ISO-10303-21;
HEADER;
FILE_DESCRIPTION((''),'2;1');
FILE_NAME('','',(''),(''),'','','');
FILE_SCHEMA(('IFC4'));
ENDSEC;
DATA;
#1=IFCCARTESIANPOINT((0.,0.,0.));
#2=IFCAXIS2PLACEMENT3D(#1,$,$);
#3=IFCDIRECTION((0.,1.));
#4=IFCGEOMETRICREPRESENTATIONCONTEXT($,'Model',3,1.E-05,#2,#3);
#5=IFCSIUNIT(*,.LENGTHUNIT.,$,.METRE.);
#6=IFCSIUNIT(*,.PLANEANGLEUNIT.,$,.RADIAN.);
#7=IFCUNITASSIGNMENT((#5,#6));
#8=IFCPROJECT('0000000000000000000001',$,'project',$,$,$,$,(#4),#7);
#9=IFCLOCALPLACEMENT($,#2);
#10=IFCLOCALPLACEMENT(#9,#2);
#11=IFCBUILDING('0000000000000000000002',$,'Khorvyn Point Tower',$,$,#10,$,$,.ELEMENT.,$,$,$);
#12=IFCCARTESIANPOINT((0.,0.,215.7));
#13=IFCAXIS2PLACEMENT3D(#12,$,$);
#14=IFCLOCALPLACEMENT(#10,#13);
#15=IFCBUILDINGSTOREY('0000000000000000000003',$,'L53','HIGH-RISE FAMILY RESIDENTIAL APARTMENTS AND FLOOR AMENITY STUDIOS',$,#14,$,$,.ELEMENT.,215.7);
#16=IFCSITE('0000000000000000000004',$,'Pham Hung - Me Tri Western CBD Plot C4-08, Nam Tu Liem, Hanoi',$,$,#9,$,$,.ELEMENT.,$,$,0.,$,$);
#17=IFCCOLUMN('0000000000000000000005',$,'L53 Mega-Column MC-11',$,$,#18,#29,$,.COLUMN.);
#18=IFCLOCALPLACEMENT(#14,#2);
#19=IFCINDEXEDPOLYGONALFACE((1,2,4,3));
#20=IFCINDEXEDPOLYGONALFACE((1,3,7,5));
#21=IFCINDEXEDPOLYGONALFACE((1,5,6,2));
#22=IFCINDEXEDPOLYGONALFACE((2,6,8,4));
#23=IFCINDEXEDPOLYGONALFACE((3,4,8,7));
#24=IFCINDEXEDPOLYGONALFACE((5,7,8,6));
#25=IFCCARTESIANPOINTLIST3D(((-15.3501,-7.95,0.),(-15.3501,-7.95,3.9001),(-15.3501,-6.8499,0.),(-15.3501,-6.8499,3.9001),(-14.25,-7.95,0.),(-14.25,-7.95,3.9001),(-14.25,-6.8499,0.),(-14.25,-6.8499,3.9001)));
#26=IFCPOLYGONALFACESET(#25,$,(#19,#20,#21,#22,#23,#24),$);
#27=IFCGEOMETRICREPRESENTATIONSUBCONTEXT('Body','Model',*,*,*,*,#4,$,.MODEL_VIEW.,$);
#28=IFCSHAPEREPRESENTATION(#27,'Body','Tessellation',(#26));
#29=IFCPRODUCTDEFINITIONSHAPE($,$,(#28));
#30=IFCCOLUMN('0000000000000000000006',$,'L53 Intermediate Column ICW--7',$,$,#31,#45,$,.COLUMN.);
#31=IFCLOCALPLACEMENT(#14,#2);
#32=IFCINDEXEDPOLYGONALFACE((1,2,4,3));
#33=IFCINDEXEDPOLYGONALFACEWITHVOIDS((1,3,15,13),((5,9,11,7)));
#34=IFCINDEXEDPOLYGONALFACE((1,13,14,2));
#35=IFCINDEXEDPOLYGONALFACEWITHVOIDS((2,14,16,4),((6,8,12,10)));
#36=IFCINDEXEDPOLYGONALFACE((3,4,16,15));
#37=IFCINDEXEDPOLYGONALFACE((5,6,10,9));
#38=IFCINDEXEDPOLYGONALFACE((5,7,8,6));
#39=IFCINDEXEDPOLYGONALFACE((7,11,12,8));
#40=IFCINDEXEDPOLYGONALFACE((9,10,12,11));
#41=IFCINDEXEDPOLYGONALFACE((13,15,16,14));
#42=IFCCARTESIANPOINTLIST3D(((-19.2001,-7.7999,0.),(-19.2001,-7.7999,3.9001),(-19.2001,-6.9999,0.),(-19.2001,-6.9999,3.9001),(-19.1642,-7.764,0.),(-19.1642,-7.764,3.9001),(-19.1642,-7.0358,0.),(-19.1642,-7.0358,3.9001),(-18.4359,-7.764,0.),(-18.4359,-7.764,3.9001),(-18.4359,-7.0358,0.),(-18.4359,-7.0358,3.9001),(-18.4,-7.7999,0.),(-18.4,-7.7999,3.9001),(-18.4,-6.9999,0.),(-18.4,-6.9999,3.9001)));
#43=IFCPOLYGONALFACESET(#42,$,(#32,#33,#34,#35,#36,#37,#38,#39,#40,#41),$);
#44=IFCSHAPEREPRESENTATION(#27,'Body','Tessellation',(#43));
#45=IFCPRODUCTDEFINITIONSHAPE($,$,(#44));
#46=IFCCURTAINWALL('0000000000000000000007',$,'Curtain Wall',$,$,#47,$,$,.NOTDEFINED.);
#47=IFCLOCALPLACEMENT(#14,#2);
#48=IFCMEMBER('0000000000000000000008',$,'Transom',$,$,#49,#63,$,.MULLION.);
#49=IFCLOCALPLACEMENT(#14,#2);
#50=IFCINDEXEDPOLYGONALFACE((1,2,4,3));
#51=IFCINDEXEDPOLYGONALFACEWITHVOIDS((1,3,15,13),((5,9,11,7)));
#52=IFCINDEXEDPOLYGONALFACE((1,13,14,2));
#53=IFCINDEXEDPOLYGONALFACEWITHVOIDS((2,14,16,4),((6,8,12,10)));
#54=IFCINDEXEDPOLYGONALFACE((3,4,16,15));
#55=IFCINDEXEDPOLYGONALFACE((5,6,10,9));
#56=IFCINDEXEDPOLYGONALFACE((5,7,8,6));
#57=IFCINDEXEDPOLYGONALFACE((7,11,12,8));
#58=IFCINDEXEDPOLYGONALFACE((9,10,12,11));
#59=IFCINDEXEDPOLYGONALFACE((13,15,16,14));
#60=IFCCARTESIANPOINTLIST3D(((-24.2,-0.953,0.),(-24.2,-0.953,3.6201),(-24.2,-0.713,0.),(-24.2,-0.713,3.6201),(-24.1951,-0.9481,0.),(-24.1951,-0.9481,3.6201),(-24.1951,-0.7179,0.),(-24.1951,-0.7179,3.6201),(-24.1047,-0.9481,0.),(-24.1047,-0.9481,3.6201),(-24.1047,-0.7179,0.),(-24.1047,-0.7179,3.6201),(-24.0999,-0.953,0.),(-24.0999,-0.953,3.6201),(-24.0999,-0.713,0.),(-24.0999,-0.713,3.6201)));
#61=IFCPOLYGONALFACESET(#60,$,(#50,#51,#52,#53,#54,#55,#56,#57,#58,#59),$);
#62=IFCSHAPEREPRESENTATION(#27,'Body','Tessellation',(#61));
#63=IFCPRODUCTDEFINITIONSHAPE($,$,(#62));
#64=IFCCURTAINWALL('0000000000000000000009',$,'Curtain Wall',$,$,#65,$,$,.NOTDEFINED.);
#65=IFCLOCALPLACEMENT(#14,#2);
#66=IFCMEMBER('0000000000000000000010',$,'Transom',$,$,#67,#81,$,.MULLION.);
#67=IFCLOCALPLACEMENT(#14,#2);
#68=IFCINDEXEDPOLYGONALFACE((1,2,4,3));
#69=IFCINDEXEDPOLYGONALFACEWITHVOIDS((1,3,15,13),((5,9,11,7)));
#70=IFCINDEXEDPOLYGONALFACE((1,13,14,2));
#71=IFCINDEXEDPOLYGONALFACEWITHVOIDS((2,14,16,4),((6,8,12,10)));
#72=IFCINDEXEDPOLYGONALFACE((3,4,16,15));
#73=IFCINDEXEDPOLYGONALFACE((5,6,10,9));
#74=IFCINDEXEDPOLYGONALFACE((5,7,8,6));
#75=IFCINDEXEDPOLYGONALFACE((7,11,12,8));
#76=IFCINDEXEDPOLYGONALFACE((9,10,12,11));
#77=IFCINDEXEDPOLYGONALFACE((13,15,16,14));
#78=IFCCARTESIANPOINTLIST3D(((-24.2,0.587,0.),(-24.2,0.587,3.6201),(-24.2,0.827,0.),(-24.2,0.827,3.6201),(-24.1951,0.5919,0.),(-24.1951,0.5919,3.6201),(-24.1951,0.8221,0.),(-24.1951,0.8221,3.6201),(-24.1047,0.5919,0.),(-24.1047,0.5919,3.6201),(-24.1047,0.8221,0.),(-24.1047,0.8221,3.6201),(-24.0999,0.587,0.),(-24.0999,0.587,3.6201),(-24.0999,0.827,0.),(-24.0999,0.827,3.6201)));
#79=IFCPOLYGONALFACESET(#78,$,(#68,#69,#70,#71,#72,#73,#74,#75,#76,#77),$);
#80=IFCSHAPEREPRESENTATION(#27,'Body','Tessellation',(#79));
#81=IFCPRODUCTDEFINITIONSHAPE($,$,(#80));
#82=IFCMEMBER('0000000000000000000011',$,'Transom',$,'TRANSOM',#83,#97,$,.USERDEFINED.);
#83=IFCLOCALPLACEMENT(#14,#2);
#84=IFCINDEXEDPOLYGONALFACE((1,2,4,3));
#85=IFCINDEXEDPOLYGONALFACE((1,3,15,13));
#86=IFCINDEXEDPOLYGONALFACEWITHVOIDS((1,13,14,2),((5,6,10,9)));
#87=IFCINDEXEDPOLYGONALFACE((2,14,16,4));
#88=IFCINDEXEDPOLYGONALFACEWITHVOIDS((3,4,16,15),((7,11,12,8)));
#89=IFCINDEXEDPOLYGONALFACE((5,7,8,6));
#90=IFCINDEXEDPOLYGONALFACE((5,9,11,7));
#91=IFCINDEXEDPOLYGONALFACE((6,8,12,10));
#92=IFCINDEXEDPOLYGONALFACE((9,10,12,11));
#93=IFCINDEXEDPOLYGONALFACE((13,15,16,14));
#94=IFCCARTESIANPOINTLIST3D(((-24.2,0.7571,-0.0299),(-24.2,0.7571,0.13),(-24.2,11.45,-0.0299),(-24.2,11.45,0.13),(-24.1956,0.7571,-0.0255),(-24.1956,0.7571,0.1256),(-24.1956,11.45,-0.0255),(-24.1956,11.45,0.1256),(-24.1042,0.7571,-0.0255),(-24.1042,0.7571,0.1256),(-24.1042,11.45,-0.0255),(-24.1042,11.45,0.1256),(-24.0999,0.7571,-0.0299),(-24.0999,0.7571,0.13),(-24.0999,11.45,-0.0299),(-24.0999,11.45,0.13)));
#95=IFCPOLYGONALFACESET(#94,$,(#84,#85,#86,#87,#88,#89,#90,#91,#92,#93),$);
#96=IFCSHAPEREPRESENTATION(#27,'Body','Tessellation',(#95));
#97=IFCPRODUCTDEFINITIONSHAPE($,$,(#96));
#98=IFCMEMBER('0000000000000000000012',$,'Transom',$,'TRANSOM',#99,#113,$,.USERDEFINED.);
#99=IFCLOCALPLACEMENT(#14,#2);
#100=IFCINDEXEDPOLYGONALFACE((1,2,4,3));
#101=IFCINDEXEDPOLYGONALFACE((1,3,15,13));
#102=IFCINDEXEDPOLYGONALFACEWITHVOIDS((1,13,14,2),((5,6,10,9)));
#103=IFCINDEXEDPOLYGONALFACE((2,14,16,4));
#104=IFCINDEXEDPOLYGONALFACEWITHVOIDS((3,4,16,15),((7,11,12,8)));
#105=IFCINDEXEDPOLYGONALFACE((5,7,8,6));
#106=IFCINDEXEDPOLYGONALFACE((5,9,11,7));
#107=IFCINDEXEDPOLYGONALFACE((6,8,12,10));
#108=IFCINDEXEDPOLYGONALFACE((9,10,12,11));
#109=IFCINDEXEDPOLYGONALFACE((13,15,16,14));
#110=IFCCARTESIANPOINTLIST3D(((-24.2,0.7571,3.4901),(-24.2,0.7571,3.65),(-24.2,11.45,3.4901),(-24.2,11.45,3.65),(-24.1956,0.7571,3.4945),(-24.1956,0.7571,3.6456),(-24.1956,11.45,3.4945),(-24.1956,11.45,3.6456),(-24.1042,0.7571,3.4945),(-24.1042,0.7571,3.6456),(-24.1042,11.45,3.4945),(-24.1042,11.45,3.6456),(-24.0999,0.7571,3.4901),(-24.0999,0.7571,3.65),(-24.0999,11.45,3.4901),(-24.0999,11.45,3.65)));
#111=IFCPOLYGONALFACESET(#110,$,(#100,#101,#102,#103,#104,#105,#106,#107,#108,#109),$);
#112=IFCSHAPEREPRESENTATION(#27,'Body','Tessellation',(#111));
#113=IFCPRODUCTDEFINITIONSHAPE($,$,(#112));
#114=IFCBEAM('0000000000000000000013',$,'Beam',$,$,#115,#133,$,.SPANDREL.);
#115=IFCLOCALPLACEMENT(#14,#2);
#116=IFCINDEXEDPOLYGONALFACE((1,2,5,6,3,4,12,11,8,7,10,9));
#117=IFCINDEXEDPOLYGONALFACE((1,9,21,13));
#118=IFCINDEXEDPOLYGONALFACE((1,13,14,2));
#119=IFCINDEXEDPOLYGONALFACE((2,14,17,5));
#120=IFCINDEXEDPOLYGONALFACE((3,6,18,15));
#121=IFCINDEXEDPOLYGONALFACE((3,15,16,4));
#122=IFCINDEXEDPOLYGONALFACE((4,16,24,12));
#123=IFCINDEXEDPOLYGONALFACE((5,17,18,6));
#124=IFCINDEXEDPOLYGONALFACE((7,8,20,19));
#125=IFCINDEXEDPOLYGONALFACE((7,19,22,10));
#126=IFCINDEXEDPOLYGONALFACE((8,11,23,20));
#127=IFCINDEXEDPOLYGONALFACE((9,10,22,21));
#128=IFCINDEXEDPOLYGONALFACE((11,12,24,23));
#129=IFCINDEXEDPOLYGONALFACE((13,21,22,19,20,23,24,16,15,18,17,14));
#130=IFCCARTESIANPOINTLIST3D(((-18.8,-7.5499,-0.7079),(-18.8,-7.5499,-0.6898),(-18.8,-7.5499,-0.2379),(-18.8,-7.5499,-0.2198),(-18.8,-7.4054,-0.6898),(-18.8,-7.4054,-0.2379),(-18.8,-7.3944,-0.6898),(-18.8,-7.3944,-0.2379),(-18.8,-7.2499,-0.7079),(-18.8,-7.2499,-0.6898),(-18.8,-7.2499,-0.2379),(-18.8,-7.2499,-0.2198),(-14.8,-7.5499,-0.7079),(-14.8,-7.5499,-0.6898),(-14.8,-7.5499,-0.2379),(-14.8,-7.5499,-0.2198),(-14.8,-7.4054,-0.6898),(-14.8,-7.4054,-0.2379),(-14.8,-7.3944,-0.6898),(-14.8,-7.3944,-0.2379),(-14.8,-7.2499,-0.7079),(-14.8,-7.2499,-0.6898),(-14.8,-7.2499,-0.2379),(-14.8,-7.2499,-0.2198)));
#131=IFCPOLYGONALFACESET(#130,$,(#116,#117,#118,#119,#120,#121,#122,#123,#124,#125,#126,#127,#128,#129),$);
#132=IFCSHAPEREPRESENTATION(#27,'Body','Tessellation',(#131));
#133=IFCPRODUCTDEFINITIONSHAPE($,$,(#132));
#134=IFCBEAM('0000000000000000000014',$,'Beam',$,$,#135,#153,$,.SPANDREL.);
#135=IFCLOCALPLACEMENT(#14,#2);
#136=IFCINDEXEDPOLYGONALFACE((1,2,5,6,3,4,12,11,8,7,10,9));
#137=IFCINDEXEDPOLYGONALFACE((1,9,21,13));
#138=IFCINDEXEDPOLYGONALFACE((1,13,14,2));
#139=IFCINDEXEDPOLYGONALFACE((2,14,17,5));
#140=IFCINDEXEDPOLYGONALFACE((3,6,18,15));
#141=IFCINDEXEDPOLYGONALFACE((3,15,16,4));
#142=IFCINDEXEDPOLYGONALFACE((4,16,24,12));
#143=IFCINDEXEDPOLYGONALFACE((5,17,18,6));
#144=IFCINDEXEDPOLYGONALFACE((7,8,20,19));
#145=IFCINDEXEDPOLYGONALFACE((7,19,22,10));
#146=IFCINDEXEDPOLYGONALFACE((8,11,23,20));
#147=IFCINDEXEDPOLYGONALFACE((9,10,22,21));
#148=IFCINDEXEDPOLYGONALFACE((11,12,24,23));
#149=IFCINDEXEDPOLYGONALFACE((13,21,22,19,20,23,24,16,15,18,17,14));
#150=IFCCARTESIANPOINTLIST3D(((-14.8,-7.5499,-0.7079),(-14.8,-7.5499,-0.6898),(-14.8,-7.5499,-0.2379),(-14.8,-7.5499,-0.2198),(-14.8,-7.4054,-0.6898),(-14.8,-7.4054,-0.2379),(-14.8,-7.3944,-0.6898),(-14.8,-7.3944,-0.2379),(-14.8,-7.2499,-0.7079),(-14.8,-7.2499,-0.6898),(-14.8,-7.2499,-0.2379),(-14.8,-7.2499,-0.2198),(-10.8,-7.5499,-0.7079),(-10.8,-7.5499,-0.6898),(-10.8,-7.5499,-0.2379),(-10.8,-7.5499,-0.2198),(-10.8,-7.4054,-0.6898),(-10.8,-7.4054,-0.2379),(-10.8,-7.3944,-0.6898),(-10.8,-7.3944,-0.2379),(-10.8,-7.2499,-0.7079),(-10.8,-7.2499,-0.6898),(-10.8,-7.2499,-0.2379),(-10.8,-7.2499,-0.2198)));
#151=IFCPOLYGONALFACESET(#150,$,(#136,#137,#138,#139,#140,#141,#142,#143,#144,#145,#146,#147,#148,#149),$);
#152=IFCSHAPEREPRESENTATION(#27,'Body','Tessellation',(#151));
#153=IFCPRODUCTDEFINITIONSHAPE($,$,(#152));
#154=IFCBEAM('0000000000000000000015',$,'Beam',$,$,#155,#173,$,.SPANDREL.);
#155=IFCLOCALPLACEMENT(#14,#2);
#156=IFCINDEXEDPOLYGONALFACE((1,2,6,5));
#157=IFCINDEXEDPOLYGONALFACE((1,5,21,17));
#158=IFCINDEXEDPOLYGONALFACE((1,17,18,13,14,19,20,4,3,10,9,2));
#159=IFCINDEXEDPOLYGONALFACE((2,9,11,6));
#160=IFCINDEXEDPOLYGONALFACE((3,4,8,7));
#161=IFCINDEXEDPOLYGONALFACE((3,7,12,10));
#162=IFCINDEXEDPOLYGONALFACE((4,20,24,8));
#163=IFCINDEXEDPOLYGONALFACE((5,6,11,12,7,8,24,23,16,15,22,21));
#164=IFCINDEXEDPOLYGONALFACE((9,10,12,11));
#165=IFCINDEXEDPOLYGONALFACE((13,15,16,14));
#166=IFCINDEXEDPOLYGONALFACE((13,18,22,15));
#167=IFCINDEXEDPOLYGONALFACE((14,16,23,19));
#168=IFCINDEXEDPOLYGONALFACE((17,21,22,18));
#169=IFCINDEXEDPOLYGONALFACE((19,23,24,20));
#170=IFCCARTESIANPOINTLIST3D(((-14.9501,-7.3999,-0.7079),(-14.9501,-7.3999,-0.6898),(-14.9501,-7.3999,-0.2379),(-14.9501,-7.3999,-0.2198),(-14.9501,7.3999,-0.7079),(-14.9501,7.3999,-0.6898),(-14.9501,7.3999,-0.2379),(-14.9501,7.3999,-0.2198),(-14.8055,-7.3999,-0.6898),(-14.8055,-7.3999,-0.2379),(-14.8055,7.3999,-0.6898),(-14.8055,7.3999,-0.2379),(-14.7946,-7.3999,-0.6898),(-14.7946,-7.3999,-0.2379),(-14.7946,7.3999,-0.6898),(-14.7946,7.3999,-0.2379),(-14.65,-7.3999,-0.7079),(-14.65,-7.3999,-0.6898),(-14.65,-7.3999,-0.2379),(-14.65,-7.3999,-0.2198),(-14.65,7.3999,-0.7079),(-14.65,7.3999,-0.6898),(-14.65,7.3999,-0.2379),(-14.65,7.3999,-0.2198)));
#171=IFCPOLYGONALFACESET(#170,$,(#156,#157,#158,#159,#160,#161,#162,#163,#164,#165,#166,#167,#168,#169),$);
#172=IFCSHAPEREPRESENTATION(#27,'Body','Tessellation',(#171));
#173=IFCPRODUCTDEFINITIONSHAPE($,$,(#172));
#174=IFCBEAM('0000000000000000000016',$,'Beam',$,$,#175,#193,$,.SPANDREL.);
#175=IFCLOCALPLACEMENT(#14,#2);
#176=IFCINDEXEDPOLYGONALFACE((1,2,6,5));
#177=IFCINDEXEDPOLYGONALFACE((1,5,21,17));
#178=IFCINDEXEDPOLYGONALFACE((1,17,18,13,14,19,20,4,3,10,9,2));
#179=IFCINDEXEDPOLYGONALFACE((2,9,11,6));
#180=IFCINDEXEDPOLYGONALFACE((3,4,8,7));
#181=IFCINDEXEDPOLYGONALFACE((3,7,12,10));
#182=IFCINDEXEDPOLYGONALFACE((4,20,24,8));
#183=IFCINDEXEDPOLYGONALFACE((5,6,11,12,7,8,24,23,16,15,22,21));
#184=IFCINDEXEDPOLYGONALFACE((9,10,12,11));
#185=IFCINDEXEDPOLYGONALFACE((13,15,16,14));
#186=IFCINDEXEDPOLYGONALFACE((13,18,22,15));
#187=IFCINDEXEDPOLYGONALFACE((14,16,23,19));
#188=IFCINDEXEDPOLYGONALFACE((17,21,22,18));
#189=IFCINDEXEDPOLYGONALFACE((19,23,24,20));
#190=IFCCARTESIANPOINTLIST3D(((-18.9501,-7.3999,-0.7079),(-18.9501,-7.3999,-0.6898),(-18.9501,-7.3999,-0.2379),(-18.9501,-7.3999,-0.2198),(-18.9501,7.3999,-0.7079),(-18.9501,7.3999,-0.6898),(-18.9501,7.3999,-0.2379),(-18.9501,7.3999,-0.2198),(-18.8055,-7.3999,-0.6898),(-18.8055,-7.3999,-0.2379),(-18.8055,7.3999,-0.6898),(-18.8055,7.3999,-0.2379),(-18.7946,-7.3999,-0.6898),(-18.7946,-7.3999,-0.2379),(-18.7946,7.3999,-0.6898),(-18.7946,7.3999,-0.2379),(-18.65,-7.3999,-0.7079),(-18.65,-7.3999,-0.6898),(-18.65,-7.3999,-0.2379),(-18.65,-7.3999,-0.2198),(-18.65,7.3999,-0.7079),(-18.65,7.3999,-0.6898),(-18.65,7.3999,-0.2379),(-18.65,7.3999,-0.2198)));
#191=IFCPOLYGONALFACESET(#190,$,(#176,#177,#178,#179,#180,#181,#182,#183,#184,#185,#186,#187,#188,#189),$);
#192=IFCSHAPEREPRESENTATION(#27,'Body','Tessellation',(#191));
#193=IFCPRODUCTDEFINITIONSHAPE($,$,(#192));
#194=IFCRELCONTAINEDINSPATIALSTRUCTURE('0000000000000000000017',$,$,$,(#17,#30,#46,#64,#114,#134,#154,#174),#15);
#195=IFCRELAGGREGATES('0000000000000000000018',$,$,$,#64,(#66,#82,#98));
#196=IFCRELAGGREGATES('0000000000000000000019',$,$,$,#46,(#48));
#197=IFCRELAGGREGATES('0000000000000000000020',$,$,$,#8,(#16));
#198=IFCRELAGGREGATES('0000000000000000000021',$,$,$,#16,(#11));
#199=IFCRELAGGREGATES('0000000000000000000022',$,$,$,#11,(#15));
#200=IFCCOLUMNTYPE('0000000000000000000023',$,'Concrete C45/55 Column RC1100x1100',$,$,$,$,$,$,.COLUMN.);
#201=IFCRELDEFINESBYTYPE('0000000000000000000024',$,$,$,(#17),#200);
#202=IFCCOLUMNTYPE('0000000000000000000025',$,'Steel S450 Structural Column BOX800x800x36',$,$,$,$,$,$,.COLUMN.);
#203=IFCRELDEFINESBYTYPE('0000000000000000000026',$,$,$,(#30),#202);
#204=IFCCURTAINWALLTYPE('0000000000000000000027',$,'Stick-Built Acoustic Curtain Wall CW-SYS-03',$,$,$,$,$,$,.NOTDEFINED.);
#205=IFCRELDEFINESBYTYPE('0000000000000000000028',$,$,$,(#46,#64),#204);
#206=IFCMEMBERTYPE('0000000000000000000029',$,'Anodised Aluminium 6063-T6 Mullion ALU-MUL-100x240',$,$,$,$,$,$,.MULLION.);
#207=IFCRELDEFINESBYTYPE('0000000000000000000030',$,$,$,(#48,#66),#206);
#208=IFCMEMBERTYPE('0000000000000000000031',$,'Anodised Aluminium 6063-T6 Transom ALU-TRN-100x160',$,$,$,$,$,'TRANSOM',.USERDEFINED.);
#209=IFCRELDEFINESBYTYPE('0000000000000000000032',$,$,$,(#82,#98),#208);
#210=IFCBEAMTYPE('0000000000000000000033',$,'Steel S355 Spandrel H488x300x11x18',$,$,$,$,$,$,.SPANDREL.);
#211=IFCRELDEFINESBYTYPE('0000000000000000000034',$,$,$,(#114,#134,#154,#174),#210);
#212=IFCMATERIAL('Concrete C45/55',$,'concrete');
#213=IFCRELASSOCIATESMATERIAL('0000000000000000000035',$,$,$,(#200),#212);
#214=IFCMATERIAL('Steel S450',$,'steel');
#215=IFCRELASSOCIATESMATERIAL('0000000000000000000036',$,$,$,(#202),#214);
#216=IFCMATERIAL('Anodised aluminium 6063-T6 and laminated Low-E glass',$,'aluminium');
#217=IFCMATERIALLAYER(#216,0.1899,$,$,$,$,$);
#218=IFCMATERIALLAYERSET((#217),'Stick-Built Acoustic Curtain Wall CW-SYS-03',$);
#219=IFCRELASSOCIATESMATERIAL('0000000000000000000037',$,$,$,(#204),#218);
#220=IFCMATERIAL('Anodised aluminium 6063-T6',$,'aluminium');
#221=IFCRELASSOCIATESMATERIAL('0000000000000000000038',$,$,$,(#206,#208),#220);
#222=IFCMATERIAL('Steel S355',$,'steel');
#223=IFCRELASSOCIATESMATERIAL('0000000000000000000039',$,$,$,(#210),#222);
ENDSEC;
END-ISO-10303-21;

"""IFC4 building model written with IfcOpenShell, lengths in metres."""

from ifc_helpers import new_model, si_unit, direction, frame, origin, origin_2d, place, context, subcontext, project, spatial, rectangle, hollow_rectangle, i_section, extrude, material, layer, layer_set, material_profile, profile_set, type_object, element, aggregate, save


model = new_model("IFC4")

# Units and contexts
model_context = context("Model", 3, precision=1e-05, world=origin(), true_north=direction((0.0, 1.0)))
body_context = subcontext(model_context, "Body", "Model", "MODEL_VIEW")
ifc_project = project(units=[si_unit("LENGTHUNIT", "METRE"), si_unit("PLANEANGLEUNIT", "RADIAN")], contexts=[model_context])

# Site, building, storey
site_placement = place(None, origin())
site = spatial("IfcSite", under=ifc_project, at=site_placement, Name="Pham Hung - Me Tri Western CBD Plot C4-08, Nam Tu Liem, Hanoi", CompositionType="ELEMENT", RefElevation=0.0)
building_placement = place(site_placement, origin())
building = spatial("IfcBuilding", under=site, at=building_placement, Name="Khorvyn Point Tower", CompositionType="ELEMENT")
storey_placement = place(building_placement, frame((0.0, 0.0, 215.7)))
storey = spatial("IfcBuildingStorey", under=building, at=storey_placement, Name="L53", Description="HIGH-RISE FAMILY RESIDENTIAL APARTMENTS AND FLOOR AMENITY STUDIOS", CompositionType="ELEMENT", Elevation=215.7)

# Columns
ifc_material_1 = material(Name="Concrete C45/55", Category="concrete")
ifc_material_profile_1 = material_profile(ifc_material_1, rectangle(XDim=1.1001, YDim=1.1001, at=origin_2d()))
ifc_profile_set_1 = profile_set([ifc_material_profile_1], Name="Concrete C45/55 RC1100x1100")
column_type_1 = type_object("IfcColumnType", Name="Concrete C45/55 Column RC1100x1100", PredefinedType="COLUMN", material=ifc_profile_set_1)
column_1_placement = place(storey_placement, frame((-14.8, -7.3999, 0.0), z_axis=(0.0, 0.0, 1.0), x_axis=(1.0, 0.0, 0.0)))
element("IfcColumn", 1, at=column_1_placement, inside=storey, type_object=column_type_1, Name="L53 Mega-Column MC-11", PredefinedType="COLUMN", context=body_context, shape_type="SweptSolid", body=[
    extrude(rectangle(XDim=1.1001, YDim=1.1001, at=origin_2d()), origin(), (0.0, 0.0, 1.0), 3.9001),
])
ifc_material_2 = material(Name="Steel S450", Category="steel")
ifc_material_profile_2 = material_profile(ifc_material_2, hollow_rectangle(XDim=0.8, YDim=0.8, WallThickness=0.0359, at=origin_2d()))
ifc_profile_set_2 = profile_set([ifc_material_profile_2], Name="Steel S450 BOX800x800x36")
column_type_2 = type_object("IfcColumnType", Name="Steel S450 Structural Column BOX800x800x36", PredefinedType="COLUMN", material=ifc_profile_set_2)
column_2_placement = place(storey_placement, frame((-18.8, -7.3999, 0.0), z_axis=(0.0, 0.0, 1.0), x_axis=(1.0, 0.0, 0.0)))
element("IfcColumn", 2, at=column_2_placement, inside=storey, type_object=column_type_2, Name="L53 Intermediate Column ICW--7", PredefinedType="COLUMN", context=body_context, shape_type="SweptSolid", body=[
    extrude(hollow_rectangle(XDim=0.8, YDim=0.8, WallThickness=0.0359, at=origin_2d()), origin(), (0.0, 0.0, 1.0), 3.9001),
])

# Curtain wall, member
ifc_material_3 = material(Name="Anodised aluminium 6063-T6 and laminated Low-E glass", Category="aluminium")
ifc_layer_1 = layer(ifc_material_3, 0.1899)
ifc_layer_set_1 = layer_set([ifc_layer_1], Name="Stick-Built Acoustic Curtain Wall CW-SYS-03")
curtain_wall_type = type_object("IfcCurtainWallType", Name="Stick-Built Acoustic Curtain Wall CW-SYS-03", PredefinedType="NOTDEFINED", material=ifc_layer_set_1)
curtain_wall_1_placement = place(storey_placement, origin())
curtain_wall_1 = element("IfcCurtainWall", 3, at=curtain_wall_1_placement, inside=storey, type_object=curtain_wall_type, Name="Curtain Wall", PredefinedType="NOTDEFINED")
ifc_material_4 = material(Name="Anodised aluminium 6063-T6", Category="aluminium")
ifc_material_profile_3 = material_profile(ifc_material_4, hollow_rectangle(XDim=0.1001, YDim=0.24, WallThickness=0.0049, at=origin_2d()))
ifc_profile_set_3 = profile_set([ifc_material_profile_3], Name="Anodised aluminium 6063-T6 ALU-MUL-100x240")
member_type_1 = type_object("IfcMemberType", Name="Anodised Aluminium 6063-T6 Mullion ALU-MUL-100x240", PredefinedType="MULLION", material=ifc_profile_set_3)
member_1_placement = place(storey_placement, frame((-24.1499, -0.833, 0.0), z_axis=(0.0, 0.0, 1.0), x_axis=(-1.0, 0.0, 0.0)))
member_1 = element("IfcMember", 4, at=member_1_placement, type_object=member_type_1, Name="Transom", PredefinedType="MULLION", context=body_context, shape_type="SweptSolid", body=[
    extrude(hollow_rectangle(XDim=0.1001, YDim=0.24, WallThickness=0.0049, at=origin_2d()), origin(), (0.0, 0.0, 1.0), 3.6201),
])

# Curtain wall, members
curtain_wall_2_placement = place(storey_placement, origin())
curtain_wall_2 = element("IfcCurtainWall", 5, at=curtain_wall_2_placement, inside=storey, type_object=curtain_wall_type, Name="Curtain Wall", PredefinedType="NOTDEFINED")
member_2_placement = place(storey_placement, frame((-24.1499, 0.707, 0.0), z_axis=(0.0, 0.0, 1.0), x_axis=(-1.0, 0.0, 0.0)))
member_2 = element("IfcMember", 6, at=member_2_placement, type_object=member_type_1, Name="Transom", PredefinedType="MULLION", context=body_context, shape_type="SweptSolid", body=[
    extrude(hollow_rectangle(XDim=0.1001, YDim=0.24, WallThickness=0.0049, at=origin_2d()), origin(), (0.0, 0.0, 1.0), 3.6201),
])
ifc_material_profile_4 = material_profile(ifc_material_4, hollow_rectangle(XDim=0.1001, YDim=0.1599, WallThickness=0.0044, at=origin_2d()))
ifc_profile_set_4 = profile_set([ifc_material_profile_4], Name="Anodised aluminium 6063-T6 ALU-TRN-100x160")
member_type_2 = type_object("IfcMemberType", Name="Anodised Aluminium 6063-T6 Transom ALU-TRN-100x160", ElementType="TRANSOM", PredefinedType="USERDEFINED", material=ifc_profile_set_4)
member_3_placement = place(storey_placement, frame((-24.1499, 0.7571, 0.05), z_axis=(0.0, 1.0, 0.0), x_axis=(-1.0, 0.0, 0.0)))
member_3 = element("IfcMember", 7, at=member_3_placement, type_object=member_type_2, Name="Transom", ObjectType="TRANSOM", PredefinedType="USERDEFINED", context=body_context, shape_type="SweptSolid", body=[
    extrude(hollow_rectangle(XDim=0.1001, YDim=0.1599, WallThickness=0.0044, at=origin_2d()), origin(), (0.0, 0.0, 1.0), 10.6929),
])
member_4_placement = place(storey_placement, frame((-24.1499, 0.7571, 3.5701), z_axis=(0.0, 1.0, 0.0), x_axis=(-1.0, 0.0, 0.0)))
member_4 = element("IfcMember", 8, at=member_4_placement, type_object=member_type_2, Name="Transom", ObjectType="TRANSOM", PredefinedType="USERDEFINED", context=body_context, shape_type="SweptSolid", body=[
    extrude(hollow_rectangle(XDim=0.1001, YDim=0.1599, WallThickness=0.0044, at=origin_2d()), origin(), (0.0, 0.0, 1.0), 10.6929),
])
aggregate(curtain_wall_2, [member_2, member_3, member_4])

# Beams
ifc_material_5 = material(Name="Steel S355", Category="steel")
ifc_material_profile_5 = material_profile(ifc_material_5, i_section(OverallWidth=0.3, OverallDepth=0.488, WebThickness=0.011, FlangeThickness=0.0181, at=origin_2d()))
ifc_profile_set_5 = profile_set([ifc_material_profile_5], Name="Steel S355 H488x300x11x18")
beam_type_1 = type_object("IfcBeamType", Name="Steel S355 Spandrel H488x300x11x18", PredefinedType="SPANDREL", material=ifc_profile_set_5)
for number, where, z_axis, x_axis, name in (
    (9, (-18.8, -7.3999, -0.4639), (1.0, 0.0, 0.0), (0.0, 1.0, 0.0), "Beam"),
    (10, (-14.8, -7.3999, -0.4639), (1.0, 0.0, 0.0), (0.0, 1.0, 0.0), "Beam"),
):
    element("IfcBeam", number, at=place(storey_placement, frame(where, z_axis=z_axis, x_axis=x_axis)), inside=storey, type_object=beam_type_1, Name=name, PredefinedType="SPANDREL", context=body_context, shape_type="SweptSolid", body=[
        extrude(i_section(OverallWidth=0.3, OverallDepth=0.488, WebThickness=0.011, FlangeThickness=0.0181, at=origin_2d()), origin(), (0.0, 0.0, 1.0), 4.0),
    ])
for number, where, z_axis, x_axis, name in (
    (11, (-14.8, -7.3999, -0.4639), (0.0, 1.0, 0.0), (-1.0, 0.0, 0.0), "Beam"),
    (12, (-18.8, -7.3999, -0.4639), (0.0, 1.0, 0.0), (-1.0, 0.0, 0.0), "Beam"),
):
    element("IfcBeam", number, at=place(storey_placement, frame(where, z_axis=z_axis, x_axis=x_axis)), inside=storey, type_object=beam_type_1, Name=name, PredefinedType="SPANDREL", context=body_context, shape_type="SweptSolid", body=[
        extrude(i_section(OverallWidth=0.3, OverallDepth=0.488, WebThickness=0.011, FlangeThickness=0.0181, at=origin_2d()), origin(), (0.0, 0.0, 1.0), 14.7998),
    ])

aggregate(curtain_wall_1, [member_1])

save(model, "model.ifc")
